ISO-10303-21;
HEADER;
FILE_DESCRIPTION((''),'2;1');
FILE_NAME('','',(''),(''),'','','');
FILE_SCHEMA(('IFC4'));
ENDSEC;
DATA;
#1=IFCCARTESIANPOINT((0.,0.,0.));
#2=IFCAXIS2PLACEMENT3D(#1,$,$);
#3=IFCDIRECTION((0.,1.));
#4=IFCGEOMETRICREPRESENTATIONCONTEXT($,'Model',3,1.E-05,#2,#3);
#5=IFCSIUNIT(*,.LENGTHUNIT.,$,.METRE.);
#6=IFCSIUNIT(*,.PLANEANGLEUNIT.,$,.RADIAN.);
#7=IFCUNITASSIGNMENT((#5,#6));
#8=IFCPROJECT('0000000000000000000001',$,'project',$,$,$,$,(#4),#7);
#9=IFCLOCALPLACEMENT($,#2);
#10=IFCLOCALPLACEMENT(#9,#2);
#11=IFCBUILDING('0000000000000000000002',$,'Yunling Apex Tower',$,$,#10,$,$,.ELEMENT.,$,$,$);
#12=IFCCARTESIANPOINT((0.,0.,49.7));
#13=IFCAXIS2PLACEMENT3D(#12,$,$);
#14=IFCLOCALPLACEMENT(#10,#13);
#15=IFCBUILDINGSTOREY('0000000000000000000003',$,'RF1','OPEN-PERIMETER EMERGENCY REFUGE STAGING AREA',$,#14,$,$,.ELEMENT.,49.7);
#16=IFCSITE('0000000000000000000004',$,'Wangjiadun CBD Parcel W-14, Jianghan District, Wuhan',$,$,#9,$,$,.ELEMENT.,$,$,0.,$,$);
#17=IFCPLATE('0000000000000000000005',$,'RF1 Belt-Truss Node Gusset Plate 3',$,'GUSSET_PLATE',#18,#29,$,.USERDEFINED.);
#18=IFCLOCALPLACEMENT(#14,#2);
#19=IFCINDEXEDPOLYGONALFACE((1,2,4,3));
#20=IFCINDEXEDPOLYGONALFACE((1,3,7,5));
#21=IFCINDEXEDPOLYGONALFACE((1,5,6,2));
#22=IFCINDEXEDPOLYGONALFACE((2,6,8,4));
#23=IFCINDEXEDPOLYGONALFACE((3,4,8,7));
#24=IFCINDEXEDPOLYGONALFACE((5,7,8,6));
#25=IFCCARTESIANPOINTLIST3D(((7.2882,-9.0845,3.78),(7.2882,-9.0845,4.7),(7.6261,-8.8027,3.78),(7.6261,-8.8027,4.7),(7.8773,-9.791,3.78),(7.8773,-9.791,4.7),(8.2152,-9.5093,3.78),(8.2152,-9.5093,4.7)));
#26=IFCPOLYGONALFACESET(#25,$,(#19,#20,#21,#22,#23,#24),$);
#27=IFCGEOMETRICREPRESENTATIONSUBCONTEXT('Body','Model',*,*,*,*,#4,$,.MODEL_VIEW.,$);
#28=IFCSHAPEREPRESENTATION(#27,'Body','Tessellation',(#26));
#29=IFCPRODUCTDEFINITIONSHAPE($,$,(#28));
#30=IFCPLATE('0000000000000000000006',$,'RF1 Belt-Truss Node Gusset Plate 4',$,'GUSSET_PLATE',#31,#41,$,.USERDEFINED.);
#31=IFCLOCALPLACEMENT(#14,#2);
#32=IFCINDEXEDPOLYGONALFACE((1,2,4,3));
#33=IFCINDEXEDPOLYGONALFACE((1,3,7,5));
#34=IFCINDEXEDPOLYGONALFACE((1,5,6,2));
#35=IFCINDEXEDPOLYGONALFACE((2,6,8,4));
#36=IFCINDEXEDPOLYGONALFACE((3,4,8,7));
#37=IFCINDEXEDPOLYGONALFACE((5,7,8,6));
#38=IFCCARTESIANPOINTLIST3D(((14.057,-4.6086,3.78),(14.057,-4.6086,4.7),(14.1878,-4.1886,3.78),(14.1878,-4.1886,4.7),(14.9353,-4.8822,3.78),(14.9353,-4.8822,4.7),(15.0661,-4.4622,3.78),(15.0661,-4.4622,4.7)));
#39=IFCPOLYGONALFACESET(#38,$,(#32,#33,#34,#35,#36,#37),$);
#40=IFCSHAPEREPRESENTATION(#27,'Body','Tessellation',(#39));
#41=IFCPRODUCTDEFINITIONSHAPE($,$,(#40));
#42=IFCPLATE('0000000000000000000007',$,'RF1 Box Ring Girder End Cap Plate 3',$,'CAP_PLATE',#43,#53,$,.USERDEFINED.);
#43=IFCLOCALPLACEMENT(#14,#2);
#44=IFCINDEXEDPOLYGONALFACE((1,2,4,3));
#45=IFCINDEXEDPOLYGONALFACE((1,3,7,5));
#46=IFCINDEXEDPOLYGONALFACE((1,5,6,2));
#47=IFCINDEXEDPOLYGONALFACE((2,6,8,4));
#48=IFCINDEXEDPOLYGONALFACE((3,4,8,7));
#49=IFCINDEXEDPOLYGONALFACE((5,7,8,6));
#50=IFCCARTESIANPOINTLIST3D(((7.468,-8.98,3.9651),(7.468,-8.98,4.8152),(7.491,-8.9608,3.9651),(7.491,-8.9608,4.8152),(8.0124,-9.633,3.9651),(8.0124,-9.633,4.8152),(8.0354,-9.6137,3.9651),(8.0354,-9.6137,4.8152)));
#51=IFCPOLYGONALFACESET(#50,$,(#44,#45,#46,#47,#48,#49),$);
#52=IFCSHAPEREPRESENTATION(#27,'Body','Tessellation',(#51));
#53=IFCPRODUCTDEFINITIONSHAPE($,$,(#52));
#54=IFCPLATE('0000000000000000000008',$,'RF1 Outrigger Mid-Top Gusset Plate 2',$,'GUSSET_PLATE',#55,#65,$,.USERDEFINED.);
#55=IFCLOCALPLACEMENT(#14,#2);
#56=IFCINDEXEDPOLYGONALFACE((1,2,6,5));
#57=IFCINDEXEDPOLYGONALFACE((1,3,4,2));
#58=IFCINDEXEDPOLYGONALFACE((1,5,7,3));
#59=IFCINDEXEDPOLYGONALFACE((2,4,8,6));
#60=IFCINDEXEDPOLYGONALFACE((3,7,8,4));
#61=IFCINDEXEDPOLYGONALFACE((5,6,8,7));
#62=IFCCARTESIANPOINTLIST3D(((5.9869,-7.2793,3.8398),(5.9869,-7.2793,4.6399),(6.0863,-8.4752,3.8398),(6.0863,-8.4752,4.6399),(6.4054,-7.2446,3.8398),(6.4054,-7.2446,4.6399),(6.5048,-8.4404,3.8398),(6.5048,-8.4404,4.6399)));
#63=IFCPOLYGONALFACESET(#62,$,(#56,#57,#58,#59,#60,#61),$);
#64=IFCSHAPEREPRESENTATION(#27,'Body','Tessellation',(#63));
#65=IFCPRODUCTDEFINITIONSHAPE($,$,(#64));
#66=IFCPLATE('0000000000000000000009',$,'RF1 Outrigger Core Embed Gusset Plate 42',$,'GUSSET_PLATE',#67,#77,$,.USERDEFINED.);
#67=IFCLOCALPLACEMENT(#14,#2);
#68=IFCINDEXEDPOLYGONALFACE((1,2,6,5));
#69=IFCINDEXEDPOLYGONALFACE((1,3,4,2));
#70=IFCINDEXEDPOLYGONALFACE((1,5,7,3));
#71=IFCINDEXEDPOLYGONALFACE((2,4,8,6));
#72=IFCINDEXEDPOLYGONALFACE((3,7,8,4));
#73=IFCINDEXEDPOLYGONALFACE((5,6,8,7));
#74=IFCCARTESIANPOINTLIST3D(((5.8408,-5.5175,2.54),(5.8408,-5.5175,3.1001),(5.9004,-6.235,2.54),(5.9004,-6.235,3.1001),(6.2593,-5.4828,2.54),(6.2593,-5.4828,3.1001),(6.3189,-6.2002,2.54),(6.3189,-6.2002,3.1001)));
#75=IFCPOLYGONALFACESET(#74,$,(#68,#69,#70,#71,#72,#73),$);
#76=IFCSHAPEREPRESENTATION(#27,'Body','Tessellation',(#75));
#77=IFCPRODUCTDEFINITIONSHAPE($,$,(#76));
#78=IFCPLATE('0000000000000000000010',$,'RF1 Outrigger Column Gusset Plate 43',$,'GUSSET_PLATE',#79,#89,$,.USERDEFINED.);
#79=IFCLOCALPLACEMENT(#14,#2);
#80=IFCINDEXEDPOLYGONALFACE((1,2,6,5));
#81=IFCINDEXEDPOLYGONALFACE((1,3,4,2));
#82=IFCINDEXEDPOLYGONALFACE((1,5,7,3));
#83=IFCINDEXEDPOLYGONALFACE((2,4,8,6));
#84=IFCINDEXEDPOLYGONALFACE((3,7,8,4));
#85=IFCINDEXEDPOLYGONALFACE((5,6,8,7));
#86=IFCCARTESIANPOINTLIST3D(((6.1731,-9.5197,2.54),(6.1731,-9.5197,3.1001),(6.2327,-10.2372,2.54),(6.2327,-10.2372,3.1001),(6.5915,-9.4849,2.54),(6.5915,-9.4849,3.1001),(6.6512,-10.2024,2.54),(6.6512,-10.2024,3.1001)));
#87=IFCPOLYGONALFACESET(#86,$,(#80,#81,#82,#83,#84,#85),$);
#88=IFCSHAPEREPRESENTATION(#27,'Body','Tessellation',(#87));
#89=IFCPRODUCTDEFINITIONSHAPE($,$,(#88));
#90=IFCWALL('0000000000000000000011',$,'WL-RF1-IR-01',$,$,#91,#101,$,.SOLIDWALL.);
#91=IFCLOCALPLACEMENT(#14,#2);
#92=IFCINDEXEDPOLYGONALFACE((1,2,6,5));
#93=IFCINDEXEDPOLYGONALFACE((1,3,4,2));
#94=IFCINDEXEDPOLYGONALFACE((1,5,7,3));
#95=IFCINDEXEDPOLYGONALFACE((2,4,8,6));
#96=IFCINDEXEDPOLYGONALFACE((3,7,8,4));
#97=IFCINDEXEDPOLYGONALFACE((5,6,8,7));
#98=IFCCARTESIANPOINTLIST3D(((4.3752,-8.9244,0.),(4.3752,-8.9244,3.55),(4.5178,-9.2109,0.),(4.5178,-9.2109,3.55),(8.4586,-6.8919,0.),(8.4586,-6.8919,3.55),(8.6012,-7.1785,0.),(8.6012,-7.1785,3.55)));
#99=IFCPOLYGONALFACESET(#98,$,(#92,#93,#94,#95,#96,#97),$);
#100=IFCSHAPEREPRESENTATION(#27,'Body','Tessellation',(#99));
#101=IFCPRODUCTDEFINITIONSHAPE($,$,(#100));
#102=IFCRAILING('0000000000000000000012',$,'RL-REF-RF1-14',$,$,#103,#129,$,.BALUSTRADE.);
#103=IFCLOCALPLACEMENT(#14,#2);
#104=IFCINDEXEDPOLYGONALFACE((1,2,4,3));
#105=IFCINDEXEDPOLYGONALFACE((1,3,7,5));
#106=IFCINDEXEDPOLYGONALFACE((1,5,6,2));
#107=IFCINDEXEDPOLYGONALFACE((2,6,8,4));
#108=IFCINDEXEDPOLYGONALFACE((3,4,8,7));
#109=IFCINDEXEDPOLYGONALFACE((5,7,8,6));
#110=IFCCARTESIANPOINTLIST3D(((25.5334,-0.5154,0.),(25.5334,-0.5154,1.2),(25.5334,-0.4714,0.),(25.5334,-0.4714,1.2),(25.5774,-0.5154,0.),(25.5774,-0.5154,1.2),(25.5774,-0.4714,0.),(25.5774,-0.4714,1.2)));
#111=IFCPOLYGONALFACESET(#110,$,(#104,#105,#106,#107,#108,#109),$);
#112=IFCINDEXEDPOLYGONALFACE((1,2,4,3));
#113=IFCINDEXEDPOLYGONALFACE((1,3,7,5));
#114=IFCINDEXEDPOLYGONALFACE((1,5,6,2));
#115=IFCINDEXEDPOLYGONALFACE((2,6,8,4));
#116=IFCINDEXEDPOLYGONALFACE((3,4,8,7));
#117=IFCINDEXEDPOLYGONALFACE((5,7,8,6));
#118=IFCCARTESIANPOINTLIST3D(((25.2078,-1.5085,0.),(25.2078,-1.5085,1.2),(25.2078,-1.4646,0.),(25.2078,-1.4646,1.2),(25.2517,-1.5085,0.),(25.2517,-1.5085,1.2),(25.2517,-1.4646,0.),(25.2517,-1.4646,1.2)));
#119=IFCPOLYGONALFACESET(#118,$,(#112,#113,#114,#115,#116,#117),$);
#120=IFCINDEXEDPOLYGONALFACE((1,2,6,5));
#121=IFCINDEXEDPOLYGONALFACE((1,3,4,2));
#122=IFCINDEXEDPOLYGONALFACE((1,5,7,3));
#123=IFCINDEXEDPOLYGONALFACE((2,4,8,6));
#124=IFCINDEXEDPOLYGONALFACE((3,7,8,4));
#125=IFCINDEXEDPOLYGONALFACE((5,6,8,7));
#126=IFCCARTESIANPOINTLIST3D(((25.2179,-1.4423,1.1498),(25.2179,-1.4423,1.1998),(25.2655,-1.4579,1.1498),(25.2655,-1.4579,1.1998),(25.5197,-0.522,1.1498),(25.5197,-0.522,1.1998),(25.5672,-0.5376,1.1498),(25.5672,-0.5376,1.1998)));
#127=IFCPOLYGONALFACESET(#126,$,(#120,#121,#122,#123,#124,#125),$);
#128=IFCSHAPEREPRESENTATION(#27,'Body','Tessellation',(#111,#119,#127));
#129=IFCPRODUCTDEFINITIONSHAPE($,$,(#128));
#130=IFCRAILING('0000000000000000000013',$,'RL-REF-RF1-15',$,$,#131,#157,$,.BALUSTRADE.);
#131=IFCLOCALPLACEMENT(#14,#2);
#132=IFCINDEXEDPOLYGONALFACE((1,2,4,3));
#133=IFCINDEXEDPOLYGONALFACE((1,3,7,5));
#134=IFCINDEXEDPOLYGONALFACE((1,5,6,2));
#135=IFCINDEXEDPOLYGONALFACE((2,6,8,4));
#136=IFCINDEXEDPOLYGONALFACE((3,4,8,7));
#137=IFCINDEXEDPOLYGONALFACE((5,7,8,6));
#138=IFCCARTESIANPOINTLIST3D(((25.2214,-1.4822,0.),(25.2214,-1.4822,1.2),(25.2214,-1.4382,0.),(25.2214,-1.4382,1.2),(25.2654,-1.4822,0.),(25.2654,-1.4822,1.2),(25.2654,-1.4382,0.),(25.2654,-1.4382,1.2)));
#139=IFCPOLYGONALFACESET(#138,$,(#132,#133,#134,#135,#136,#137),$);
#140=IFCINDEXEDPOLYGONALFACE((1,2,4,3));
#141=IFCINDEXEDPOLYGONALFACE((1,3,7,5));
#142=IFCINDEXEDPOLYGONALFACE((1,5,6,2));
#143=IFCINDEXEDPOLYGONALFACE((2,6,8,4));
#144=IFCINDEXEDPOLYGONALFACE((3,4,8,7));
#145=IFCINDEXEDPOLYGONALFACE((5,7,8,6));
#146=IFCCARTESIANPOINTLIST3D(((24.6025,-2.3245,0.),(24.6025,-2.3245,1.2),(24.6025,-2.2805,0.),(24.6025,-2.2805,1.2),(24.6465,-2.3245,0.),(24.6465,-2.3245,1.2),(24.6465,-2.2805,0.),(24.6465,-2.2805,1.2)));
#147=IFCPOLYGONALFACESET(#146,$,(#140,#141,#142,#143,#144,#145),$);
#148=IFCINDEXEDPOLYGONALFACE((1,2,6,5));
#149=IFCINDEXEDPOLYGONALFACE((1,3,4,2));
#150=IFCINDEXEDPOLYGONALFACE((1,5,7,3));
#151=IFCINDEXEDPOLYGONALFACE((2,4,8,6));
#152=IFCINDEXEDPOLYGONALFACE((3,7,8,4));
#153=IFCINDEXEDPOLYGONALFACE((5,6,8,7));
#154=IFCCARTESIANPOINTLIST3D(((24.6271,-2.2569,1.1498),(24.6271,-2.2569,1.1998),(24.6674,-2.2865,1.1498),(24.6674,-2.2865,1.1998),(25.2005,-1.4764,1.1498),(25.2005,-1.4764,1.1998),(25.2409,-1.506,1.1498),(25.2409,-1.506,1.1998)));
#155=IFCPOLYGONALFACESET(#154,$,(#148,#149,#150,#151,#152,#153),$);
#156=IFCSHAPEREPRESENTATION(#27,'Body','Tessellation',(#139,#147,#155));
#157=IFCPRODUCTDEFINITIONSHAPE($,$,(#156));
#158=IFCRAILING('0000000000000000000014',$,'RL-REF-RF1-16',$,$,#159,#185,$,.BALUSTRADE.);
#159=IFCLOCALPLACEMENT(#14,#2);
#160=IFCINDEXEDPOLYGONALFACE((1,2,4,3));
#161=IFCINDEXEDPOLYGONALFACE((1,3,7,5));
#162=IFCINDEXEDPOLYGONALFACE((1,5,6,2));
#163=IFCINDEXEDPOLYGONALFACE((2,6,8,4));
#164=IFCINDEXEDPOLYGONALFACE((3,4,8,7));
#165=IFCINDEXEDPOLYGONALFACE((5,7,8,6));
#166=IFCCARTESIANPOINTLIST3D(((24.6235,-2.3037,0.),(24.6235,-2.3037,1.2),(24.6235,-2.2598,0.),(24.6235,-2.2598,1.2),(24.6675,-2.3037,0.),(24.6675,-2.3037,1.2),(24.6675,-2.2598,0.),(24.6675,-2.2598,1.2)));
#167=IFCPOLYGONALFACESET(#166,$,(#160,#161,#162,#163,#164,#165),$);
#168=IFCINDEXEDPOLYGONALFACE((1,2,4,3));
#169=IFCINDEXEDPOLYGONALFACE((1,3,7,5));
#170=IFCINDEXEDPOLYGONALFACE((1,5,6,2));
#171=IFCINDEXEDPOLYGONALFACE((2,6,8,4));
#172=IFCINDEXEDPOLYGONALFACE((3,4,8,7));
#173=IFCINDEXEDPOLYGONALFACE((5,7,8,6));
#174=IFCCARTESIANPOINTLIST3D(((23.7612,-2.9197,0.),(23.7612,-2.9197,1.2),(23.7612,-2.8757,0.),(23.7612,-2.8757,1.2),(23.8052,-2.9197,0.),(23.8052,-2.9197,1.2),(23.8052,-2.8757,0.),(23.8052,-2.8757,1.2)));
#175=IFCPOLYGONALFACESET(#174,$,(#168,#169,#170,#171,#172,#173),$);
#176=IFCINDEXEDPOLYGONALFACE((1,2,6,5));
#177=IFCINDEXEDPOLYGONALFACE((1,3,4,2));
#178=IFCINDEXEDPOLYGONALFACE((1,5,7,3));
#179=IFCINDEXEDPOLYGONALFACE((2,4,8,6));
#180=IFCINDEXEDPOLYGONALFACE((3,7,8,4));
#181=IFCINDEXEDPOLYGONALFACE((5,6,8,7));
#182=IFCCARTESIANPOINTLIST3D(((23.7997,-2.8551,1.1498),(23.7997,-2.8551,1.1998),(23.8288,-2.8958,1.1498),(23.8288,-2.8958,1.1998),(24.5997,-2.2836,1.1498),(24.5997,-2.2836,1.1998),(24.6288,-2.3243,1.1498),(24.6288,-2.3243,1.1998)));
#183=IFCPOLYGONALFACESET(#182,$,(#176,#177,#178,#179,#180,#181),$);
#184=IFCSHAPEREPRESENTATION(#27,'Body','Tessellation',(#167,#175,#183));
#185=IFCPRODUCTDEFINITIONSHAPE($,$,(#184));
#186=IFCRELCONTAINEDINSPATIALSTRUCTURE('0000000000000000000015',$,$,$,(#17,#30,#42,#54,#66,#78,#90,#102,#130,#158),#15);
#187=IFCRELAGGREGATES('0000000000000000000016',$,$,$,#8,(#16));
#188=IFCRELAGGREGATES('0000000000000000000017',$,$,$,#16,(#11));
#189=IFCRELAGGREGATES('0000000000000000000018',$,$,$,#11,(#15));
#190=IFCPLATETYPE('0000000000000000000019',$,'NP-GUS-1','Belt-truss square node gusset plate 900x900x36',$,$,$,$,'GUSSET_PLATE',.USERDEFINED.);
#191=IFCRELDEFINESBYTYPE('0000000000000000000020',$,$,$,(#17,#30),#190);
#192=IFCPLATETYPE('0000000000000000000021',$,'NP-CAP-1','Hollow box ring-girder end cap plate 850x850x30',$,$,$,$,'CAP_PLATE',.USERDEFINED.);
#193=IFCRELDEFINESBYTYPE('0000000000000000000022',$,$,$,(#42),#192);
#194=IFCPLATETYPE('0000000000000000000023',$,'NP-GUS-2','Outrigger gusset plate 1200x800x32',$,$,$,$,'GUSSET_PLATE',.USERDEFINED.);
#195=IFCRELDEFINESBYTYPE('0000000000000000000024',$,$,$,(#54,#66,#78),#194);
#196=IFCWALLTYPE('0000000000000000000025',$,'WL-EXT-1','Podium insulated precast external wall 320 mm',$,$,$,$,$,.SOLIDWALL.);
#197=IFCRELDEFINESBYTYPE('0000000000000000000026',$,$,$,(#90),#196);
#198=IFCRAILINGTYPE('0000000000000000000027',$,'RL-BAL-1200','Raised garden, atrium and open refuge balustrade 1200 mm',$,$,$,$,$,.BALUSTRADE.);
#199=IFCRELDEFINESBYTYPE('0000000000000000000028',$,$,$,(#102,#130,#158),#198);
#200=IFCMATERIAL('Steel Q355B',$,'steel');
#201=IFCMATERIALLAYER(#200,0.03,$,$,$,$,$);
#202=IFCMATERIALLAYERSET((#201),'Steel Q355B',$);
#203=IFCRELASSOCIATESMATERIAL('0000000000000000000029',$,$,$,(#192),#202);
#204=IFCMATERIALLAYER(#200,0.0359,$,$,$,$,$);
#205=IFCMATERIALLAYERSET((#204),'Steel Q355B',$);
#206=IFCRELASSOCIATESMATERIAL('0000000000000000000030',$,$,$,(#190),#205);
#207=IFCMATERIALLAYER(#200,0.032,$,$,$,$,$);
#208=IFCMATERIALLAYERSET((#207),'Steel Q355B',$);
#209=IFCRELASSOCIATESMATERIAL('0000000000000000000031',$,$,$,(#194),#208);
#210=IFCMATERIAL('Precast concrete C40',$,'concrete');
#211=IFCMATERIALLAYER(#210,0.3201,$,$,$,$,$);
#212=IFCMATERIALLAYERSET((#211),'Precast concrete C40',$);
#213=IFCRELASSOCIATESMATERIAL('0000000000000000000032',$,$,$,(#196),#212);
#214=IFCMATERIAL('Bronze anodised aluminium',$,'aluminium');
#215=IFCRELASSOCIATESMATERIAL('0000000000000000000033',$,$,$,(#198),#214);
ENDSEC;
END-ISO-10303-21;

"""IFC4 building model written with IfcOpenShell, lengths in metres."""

from ifc_helpers import new_model, si_unit, direction, frame, frame_2d, origin, origin_2d, place, context, subcontext, project, spatial, rectangle, extrude, source, transform, mapped, material, layer, layer_set, type_object, element, save


model = new_model("IFC4")

# Units and contexts
model_context = context("Model", 3, precision=1e-05, world=origin(), true_north=direction((0.0, 1.0)))
body_context = subcontext(model_context, "Body", "Model", "MODEL_VIEW")
ifc_project = project(units=[si_unit("LENGTHUNIT", "METRE"), si_unit("PLANEANGLEUNIT", "RADIAN")], contexts=[model_context])

# Site, building, storey
site_placement = place(None, origin())
site = spatial("IfcSite", under=ifc_project, at=site_placement, Name="Wangjiadun CBD Parcel W-14, Jianghan District, Wuhan", CompositionType="ELEMENT", RefElevation=0.0)
building_placement = place(site_placement, origin())
building = spatial("IfcBuilding", under=site, at=building_placement, Name="Yunling Apex Tower", CompositionType="ELEMENT")
storey_placement = place(building_placement, frame((0.0, 0.0, 49.7)))
storey = spatial("IfcBuildingStorey", under=building, at=storey_placement, Name="RF1", Description="OPEN-PERIMETER EMERGENCY REFUGE STAGING AREA", CompositionType="ELEMENT", Elevation=49.7)

# Shared definitions
ifc_material_1 = material(Name="Steel Q355B", Category="steel")

# Plates
ifc_layer_1 = layer(ifc_material_1, 0.03)
ifc_layer_set_1 = layer_set([ifc_layer_1], Name="Steel Q355B")
plate_type_1 = type_object("IfcPlateType", Name="NP-CAP-1", Description="Hollow box ring-girder end cap plate 850x850x30", ElementType="CAP_PLATE", PredefinedType="USERDEFINED", material=ifc_layer_set_1)
ifc_layer_2 = layer(ifc_material_1, 0.0359)
ifc_layer_set_2 = layer_set([ifc_layer_2], Name="Steel Q355B")
plate_type_2 = type_object("IfcPlateType", Name="NP-GUS-1", Description="Belt-truss square node gusset plate 900x900x36", ElementType="GUSSET_PLATE", PredefinedType="USERDEFINED", material=ifc_layer_set_2)
shared_shape_1 = source(origin(), body_context, "Body", "SweptSolid", [
    extrude(rectangle(XDim=0.9199, YDim=0.4399, at=origin_2d()), origin(), (0.0, 0.0, 1.0), 0.9199),
])
for number, where, z_axis, x_axis, name in (
    (1, (7.7517, -9.2969, 3.78), (0.0, 0.0, 1.0), (0.640378, -0.76806, 0.0), "RF1 Belt-Truss Node Gusset Plate 3"),
    (2, (14.5615, -4.5354, 3.78), (0.0, 0.0, 1.0), (0.954761, -0.297375, 0.0), "RF1 Belt-Truss Node Gusset Plate 4"),
):
    element("IfcPlate", number, at=place(storey_placement, frame(where, z_axis=z_axis, x_axis=x_axis)), inside=storey, type_object=plate_type_2, Name=name, ObjectType="GUSSET_PLATE", PredefinedType="USERDEFINED", context=body_context, shape_type="MappedRepresentation", body=[
        mapped(shared_shape_1, transform((0.0, 0.0, 0.0), scale=1.0)),
    ])
shared_shape_2 = source(origin(), body_context, "Body", "SweptSolid", [
    extrude(rectangle(XDim=0.8501, YDim=0.03, at=origin_2d()), origin(), (0.0, 0.0, 1.0), 0.8501),
])
plate_1_placement = place(storey_placement, frame((7.7517, -9.2969, 3.9651), z_axis=(0.0, 0.0, 1.0), x_axis=(0.640378, -0.76806, 0.0)))
element("IfcPlate", 3, at=plate_1_placement, inside=storey, type_object=plate_type_1, Name="RF1 Box Ring Girder End Cap Plate 3", ObjectType="CAP_PLATE", PredefinedType="USERDEFINED", context=body_context, shape_type="MappedRepresentation", body=[
    mapped(shared_shape_2, transform((0.0, 0.0, 0.0), scale=1.0)),
])
ifc_layer_3 = layer(ifc_material_1, 0.032)
ifc_layer_set_3 = layer_set([ifc_layer_3], Name="Steel Q355B")
plate_type_3 = type_object("IfcPlateType", Name="NP-GUS-2", Description="Outrigger gusset plate 1200x800x32", ElementType="GUSSET_PLATE", PredefinedType="USERDEFINED", material=ifc_layer_set_3)
shared_shape_3 = source(origin(), body_context, "Body", "SweptSolid", [
    extrude(rectangle(XDim=1.2, YDim=0.4199, at=origin_2d()), origin(), (0.0, 0.0, 1.0), 0.8),
])
plate_2_placement = place(storey_placement, frame((6.2458, -7.8599, 3.8398), z_axis=(0.0, 0.0, 1.0), x_axis=(0.082808, -0.996566, 0.0)))
element("IfcPlate", 4, at=plate_2_placement, inside=storey, type_object=plate_type_3, Name="RF1 Outrigger Mid-Top Gusset Plate 2", ObjectType="GUSSET_PLATE", PredefinedType="USERDEFINED", context=body_context, shape_type="MappedRepresentation", body=[
    mapped(shared_shape_3, transform((0.0, 0.0, 0.0), scale=1.0)),
])
shared_shape_4 = source(origin(), body_context, "Body", "SweptSolid", [
    extrude(rectangle(XDim=0.72, YDim=0.4199, at=origin_2d()), origin(), (0.0, 0.0, 1.0), 0.5601),
])
for number, where, z_axis, x_axis, name in (
    (5, (6.0798, -5.8589, 2.54), (0.0, 0.0, 1.0), (0.082808, -0.996566, 0.0), "RF1 Outrigger Core Embed Gusset Plate 42"),
    (6, (6.4121, -9.8611, 2.54), (0.0, 0.0, 1.0), (0.082808, -0.996566, 0.0), "RF1 Outrigger Column Gusset Plate 43"),
):
    element("IfcPlate", number, at=place(storey_placement, frame(where, z_axis=z_axis, x_axis=x_axis)), inside=storey, type_object=plate_type_3, Name=name, ObjectType="GUSSET_PLATE", PredefinedType="USERDEFINED", context=body_context, shape_type="MappedRepresentation", body=[
        mapped(shared_shape_4, transform((0.0, 0.0, 0.0), scale=1.0)),
    ])

# Wall
ifc_material_2 = material(Name="Precast concrete C40", Category="concrete")
ifc_layer_4 = layer(ifc_material_2, 0.3201)
ifc_layer_set_4 = layer_set([ifc_layer_4], Name="Precast concrete C40")
wall_type = type_object("IfcWallType", Name="WL-EXT-1", Description="Podium insulated precast external wall 320 mm", PredefinedType="SOLIDWALL", material=ifc_layer_set_4)
wall_placement = place(storey_placement, frame((8.53, -7.0352, 0.0), z_axis=(0.0, 0.0, 1.0), x_axis=(-0.895239, -0.445586, 0.0)))
element("IfcWall", 7, at=wall_placement, inside=storey, type_object=wall_type, Name="WL-RF1-IR-01", PredefinedType="SOLIDWALL", context=body_context, shape_type="SweptSolid", body=[
    extrude(rectangle(XDim=4.5613, YDim=0.3201, at=frame_2d((2.2808, 0.0))), origin(), (0.0, 0.0, 1.0), 3.55),
])

# Railings
ifc_material_3 = material(Name="Bronze anodised aluminium", Category="aluminium")
railing_type = type_object("IfcRailingType", Name="RL-BAL-1200", Description="Raised garden, atrium and open refuge balustrade 1200 mm", PredefinedType="BALUSTRADE", material=ifc_material_3)
railing_1_placement = place(storey_placement, frame((25.5554, -0.4934, 0.0)))
element("IfcRailing", 8, at=railing_1_placement, inside=storey, type_object=railing_type, Name="RL-REF-RF1-14", PredefinedType="BALUSTRADE", context=body_context, shape_type="SweptSolid", body=[
    extrude(rectangle(XDim=0.0439, YDim=0.0439, at=origin_2d()), origin(), (0.0, 0.0, 1.0), 1.2),
    extrude(rectangle(XDim=0.0439, YDim=0.0439, at=origin_2d()), frame((-0.3257, -0.9932, 0.0)), (0.0, 0.0, 1.0), 1.2),
    extrude(rectangle(XDim=0.05, YDim=0.05, at=origin_2d()), frame((-0.012, -0.0364, 1.1748), z_axis=(-0.311599, -0.950214, 0.0), x_axis=(0.950214, -0.311599, 0.0)), (0.0, 0.0, 1.0), 0.9685),
])
railing_2_placement = place(storey_placement, frame((25.2434, -1.4602, 0.0)))
element("IfcRailing", 9, at=railing_2_placement, inside=storey, type_object=railing_type, Name="RL-REF-RF1-15", PredefinedType="BALUSTRADE", context=body_context, shape_type="SweptSolid", body=[
    extrude(rectangle(XDim=0.0439, YDim=0.0439, at=origin_2d()), origin(), (0.0, 0.0, 1.0), 1.2),
    extrude(rectangle(XDim=0.0439, YDim=0.0439, at=origin_2d()), frame((-0.6189, -0.8423, 0.0)), (0.0, 0.0, 1.0), 1.2),
    extrude(rectangle(XDim=0.05, YDim=0.05, at=origin_2d()), frame((-0.0227, -0.031, 1.1748), z_axis=(-0.592123, -0.805848, 0.0), x_axis=(0.805848, -0.592123, 0.0)), (0.0, 0.0, 1.0), 0.9685),
])
railing_3_placement = place(storey_placement, frame((24.6455, -2.2817, 0.0)))
element("IfcRailing", 10, at=railing_3_placement, inside=storey, type_object=railing_type, Name="RL-REF-RF1-16", PredefinedType="BALUSTRADE", context=body_context, shape_type="SweptSolid", body=[
    extrude(rectangle(XDim=0.0439, YDim=0.0439, at=origin_2d()), origin(), (0.0, 0.0, 1.0), 1.2),
    extrude(rectangle(XDim=0.0439, YDim=0.0439, at=origin_2d()), frame((-0.8623, -0.616, 0.0)), (0.0, 0.0, 1.0), 1.2),
    extrude(rectangle(XDim=0.05, YDim=0.05, at=origin_2d()), frame((-0.0312, -0.0222, 1.1748), z_axis=(-0.813718, -0.58126, 0.0), x_axis=(0.58126, -0.813718, 0.0)), (0.0, 0.0, 1.0), 0.9832),
])

save(model, "model.ifc")
